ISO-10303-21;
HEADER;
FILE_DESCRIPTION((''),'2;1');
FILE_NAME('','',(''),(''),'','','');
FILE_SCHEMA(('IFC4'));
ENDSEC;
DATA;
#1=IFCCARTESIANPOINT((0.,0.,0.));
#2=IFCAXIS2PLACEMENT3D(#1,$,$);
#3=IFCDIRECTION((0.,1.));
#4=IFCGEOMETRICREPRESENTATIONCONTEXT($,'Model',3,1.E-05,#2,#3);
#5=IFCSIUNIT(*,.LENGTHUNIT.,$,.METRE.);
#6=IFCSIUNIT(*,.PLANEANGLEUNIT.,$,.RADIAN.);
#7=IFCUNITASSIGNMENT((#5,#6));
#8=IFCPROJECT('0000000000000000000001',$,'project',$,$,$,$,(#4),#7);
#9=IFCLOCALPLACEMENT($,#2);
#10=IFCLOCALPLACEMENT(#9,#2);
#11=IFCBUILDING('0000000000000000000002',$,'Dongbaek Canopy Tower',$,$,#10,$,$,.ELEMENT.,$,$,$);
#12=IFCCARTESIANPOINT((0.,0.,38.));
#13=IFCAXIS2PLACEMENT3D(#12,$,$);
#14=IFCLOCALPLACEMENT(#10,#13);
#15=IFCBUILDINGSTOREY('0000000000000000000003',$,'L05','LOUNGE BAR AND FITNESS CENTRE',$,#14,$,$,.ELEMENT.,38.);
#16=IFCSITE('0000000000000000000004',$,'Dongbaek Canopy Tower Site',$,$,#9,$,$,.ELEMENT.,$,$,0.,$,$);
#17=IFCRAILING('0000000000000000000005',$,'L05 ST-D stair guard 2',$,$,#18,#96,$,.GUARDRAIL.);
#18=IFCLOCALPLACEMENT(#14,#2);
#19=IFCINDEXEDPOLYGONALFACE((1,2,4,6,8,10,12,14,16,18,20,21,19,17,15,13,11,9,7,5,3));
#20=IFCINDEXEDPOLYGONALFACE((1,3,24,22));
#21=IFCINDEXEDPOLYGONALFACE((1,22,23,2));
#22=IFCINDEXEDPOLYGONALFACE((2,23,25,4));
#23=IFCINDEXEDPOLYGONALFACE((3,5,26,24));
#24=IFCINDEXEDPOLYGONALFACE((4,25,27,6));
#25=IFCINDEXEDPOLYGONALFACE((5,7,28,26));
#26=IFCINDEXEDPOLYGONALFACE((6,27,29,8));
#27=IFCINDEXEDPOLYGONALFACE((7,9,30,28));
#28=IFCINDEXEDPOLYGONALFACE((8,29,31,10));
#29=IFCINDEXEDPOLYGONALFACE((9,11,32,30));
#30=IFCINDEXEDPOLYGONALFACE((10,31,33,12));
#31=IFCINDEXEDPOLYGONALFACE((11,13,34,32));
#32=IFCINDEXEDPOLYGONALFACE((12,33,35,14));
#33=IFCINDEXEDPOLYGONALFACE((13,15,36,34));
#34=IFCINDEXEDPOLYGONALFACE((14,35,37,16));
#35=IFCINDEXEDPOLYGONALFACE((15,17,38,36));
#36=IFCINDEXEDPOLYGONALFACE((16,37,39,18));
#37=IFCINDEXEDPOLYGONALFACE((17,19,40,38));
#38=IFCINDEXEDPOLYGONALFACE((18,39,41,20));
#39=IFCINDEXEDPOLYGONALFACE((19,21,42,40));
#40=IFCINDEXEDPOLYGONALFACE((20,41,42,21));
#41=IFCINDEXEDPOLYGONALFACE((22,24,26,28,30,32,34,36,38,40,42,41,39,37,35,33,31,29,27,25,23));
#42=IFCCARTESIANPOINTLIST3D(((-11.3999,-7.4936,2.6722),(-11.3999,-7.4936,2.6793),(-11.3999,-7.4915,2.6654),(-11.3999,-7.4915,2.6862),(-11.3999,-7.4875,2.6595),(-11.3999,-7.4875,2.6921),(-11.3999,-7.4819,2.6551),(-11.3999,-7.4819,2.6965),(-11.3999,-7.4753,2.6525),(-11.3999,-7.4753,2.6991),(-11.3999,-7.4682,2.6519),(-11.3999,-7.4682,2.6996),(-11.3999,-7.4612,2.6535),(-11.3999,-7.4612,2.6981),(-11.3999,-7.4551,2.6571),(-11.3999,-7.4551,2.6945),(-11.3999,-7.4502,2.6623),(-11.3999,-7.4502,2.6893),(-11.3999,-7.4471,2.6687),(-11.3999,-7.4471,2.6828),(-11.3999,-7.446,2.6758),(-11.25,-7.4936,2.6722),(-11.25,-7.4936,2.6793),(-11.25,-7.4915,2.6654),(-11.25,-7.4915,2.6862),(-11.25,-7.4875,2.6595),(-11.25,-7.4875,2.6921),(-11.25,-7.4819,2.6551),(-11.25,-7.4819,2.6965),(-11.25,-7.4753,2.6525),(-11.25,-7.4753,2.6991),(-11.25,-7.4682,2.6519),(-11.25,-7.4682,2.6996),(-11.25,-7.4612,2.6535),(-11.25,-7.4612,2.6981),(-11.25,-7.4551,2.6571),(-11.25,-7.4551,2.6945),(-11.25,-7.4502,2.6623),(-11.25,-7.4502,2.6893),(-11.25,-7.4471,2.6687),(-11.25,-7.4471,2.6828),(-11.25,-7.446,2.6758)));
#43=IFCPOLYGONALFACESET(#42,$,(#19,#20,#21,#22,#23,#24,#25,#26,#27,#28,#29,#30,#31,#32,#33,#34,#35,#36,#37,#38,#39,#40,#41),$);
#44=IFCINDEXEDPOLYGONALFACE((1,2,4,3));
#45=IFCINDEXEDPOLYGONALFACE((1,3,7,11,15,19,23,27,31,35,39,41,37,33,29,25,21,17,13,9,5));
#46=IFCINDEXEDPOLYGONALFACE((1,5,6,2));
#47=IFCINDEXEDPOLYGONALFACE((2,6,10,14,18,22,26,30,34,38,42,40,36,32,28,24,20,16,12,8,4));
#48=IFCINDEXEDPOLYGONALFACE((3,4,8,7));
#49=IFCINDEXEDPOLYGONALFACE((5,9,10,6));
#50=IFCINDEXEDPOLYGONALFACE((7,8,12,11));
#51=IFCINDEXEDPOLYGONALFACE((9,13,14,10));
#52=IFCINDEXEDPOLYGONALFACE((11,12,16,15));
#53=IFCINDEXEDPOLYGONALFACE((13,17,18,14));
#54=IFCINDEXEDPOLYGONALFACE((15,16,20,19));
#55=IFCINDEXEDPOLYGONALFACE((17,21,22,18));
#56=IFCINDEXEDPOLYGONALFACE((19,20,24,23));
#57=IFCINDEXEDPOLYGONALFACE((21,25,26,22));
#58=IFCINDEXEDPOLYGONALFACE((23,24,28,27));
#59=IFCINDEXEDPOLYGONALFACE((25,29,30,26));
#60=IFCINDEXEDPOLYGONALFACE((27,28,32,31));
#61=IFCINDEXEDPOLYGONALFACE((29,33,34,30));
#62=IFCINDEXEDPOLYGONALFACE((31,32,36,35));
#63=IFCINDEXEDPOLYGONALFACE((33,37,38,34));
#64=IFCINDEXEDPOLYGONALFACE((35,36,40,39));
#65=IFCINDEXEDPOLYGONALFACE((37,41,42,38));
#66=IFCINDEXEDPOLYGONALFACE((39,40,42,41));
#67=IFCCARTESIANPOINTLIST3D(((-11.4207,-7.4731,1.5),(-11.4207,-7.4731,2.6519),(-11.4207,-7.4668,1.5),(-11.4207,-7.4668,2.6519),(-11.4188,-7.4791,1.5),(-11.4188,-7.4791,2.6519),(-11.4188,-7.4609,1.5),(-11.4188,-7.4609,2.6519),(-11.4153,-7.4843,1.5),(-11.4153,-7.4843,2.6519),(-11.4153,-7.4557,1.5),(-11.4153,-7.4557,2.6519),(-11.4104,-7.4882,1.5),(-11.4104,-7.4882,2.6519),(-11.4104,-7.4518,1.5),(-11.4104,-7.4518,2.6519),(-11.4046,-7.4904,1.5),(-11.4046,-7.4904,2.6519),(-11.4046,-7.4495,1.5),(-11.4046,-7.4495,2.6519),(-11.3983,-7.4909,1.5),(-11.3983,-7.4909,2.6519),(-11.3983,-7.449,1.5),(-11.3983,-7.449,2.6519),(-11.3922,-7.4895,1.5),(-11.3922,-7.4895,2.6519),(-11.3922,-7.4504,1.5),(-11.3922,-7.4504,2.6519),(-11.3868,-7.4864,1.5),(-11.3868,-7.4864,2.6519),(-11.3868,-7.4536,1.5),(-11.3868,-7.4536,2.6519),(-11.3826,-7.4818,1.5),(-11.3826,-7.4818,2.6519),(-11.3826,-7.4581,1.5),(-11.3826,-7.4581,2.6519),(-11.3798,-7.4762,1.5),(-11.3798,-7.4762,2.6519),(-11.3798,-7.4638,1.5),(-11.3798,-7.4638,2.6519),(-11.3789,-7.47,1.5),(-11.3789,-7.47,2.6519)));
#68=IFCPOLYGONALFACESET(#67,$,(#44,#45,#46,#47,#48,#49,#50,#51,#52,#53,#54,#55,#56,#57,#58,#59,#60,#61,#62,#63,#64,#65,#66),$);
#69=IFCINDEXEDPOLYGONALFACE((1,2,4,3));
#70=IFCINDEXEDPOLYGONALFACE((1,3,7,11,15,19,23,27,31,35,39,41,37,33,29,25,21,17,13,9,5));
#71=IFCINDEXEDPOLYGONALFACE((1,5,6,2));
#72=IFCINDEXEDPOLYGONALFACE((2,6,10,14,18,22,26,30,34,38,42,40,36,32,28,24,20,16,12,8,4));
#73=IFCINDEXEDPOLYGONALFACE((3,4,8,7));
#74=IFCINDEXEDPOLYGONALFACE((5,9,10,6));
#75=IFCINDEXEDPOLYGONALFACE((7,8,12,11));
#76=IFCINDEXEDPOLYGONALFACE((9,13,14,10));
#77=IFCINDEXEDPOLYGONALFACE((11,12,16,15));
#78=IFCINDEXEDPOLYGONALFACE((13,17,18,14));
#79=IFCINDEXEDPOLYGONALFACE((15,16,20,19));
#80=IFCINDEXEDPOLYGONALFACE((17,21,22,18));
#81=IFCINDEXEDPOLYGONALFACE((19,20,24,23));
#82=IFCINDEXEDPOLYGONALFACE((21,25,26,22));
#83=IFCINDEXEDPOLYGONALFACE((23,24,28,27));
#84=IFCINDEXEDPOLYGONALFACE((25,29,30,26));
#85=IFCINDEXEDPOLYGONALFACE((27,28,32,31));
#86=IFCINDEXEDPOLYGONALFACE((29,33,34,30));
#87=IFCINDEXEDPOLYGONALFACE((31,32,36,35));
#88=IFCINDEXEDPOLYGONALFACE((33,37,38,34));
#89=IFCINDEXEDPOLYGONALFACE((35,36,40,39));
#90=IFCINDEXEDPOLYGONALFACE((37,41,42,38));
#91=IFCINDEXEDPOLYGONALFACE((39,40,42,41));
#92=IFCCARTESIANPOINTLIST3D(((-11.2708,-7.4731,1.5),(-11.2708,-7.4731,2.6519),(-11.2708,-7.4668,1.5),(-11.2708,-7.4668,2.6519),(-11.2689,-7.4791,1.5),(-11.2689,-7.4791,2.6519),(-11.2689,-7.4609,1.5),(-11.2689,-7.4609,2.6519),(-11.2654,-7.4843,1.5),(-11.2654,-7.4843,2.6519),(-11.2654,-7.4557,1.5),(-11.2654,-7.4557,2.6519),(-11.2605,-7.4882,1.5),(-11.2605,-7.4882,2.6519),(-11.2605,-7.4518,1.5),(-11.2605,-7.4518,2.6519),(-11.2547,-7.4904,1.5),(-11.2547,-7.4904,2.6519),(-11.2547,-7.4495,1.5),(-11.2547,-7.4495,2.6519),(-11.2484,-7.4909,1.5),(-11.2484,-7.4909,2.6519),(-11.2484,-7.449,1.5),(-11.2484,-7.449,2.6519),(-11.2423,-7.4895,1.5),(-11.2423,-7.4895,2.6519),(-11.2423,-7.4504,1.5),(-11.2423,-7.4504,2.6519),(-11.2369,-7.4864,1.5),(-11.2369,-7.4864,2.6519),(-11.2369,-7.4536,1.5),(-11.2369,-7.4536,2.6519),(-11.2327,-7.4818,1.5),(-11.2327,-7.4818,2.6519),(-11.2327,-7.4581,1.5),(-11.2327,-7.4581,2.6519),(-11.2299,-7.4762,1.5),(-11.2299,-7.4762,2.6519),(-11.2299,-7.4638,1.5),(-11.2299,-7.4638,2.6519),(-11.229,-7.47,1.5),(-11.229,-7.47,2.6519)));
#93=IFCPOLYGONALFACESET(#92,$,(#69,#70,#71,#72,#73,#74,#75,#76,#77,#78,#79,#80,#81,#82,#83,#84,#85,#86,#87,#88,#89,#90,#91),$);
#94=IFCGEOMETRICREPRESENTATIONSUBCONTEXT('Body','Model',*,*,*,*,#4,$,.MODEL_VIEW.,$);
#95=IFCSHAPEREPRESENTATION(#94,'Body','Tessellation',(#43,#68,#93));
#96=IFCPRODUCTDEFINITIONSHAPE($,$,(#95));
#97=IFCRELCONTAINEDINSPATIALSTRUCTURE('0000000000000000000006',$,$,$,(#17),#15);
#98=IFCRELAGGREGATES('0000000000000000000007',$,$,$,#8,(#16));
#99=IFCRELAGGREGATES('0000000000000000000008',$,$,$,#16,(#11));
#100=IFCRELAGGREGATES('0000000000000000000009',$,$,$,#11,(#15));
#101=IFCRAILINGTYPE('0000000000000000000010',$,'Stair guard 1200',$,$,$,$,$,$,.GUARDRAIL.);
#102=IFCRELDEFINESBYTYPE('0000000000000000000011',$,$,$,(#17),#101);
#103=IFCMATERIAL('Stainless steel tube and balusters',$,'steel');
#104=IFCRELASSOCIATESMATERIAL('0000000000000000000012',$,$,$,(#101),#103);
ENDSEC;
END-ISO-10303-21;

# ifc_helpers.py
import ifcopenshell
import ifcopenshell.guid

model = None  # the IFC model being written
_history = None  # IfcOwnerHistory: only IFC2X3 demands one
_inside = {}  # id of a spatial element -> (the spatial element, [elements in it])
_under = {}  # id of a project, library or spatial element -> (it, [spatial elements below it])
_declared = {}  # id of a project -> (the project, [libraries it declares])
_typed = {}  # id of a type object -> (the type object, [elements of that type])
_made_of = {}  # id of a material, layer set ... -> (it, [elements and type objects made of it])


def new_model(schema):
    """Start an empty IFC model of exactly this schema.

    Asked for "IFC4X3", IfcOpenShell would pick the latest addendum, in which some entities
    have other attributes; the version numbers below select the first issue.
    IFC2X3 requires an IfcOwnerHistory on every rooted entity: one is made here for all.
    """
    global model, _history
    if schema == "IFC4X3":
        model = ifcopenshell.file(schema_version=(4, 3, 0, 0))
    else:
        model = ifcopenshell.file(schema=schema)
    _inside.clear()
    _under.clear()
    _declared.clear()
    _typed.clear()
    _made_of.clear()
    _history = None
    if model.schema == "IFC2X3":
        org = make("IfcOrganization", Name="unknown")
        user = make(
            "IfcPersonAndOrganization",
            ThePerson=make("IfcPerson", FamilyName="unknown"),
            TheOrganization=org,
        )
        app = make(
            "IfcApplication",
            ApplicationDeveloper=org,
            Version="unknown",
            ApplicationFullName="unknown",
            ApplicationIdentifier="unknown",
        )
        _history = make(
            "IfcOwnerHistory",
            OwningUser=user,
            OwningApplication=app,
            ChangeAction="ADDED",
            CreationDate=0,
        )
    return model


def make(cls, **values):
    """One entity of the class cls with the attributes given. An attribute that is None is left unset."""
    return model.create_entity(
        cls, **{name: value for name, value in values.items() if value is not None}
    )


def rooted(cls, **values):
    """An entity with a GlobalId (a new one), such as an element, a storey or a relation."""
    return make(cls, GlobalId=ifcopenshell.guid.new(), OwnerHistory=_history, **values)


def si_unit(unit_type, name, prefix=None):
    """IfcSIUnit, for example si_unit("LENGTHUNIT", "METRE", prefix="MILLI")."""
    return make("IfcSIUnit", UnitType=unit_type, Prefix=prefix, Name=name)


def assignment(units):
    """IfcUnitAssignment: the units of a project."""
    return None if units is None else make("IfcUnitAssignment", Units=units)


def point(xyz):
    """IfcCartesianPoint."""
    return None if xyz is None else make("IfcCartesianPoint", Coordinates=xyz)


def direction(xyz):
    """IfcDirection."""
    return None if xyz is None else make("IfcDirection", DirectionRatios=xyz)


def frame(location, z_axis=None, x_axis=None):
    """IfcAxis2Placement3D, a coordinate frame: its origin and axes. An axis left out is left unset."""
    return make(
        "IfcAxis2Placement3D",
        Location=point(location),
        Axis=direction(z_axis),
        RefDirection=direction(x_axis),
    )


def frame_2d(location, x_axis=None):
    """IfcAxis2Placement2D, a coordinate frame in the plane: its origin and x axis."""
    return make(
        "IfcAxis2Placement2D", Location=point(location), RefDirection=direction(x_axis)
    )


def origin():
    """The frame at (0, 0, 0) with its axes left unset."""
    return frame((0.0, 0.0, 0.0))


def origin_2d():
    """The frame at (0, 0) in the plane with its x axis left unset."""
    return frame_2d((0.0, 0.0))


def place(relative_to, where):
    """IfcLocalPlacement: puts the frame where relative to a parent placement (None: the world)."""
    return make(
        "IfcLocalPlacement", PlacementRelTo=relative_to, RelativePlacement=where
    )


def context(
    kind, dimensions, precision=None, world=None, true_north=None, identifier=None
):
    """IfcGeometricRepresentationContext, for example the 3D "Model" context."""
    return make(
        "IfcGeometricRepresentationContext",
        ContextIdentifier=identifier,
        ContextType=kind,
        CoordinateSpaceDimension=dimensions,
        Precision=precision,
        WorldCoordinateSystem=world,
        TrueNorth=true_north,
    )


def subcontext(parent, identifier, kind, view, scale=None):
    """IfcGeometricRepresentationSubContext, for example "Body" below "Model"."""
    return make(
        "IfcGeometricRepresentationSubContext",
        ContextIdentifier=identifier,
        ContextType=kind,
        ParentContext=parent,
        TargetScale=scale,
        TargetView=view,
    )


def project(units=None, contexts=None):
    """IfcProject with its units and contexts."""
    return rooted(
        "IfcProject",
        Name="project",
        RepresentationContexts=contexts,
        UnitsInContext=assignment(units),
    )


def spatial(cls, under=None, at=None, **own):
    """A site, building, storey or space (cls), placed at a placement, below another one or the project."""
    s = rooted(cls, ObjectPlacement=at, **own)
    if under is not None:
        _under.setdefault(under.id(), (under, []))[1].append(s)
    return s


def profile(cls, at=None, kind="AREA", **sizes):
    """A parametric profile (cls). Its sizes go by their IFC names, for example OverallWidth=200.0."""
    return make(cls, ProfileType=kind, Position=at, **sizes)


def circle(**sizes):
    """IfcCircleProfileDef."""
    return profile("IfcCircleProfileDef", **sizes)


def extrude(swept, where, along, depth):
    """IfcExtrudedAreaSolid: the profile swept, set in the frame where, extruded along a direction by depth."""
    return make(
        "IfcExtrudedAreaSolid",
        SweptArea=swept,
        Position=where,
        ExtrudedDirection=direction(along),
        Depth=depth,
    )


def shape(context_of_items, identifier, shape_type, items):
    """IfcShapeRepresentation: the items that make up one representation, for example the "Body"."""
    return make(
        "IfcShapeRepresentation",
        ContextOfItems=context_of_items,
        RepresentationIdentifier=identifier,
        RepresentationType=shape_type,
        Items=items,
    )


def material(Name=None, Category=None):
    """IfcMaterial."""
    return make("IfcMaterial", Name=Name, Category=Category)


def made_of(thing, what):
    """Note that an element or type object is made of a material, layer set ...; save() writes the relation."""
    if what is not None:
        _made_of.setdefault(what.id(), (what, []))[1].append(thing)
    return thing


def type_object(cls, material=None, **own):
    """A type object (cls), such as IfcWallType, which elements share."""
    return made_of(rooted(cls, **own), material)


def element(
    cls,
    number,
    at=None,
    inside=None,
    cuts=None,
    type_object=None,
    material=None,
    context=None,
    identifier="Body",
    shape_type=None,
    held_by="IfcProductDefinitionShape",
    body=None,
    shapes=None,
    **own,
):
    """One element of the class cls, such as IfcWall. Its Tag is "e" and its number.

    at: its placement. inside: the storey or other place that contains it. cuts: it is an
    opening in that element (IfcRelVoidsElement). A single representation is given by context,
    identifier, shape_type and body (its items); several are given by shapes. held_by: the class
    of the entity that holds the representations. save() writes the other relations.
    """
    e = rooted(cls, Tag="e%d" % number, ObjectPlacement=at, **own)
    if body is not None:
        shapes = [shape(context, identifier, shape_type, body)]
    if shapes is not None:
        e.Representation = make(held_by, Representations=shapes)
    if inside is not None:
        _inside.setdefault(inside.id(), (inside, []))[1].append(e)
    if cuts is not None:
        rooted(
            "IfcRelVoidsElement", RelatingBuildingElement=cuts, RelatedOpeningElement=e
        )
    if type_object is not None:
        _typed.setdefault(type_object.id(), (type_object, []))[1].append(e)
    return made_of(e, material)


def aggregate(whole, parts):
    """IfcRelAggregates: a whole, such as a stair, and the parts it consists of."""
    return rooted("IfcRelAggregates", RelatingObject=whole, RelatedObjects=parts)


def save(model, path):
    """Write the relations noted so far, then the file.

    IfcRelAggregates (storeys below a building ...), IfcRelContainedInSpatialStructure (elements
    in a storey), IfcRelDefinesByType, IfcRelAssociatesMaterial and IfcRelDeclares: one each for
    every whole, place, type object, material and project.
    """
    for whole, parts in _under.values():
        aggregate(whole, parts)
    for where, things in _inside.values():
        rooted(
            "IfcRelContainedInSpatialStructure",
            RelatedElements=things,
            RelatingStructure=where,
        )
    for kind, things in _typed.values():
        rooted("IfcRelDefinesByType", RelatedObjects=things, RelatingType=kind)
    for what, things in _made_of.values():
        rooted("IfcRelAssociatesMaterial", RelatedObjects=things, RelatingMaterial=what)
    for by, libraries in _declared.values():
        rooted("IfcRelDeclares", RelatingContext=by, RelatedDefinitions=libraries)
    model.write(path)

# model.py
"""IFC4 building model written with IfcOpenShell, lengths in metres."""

from ifc_helpers import new_model, si_unit, direction, frame, origin, origin_2d, place, context, subcontext, project, spatial, circle, extrude, material, type_object, element, save


model = new_model("IFC4")

# Units and contexts
model_context = context("Model", 3, precision=1e-05, world=origin(), true_north=direction((0.0, 1.0)))
body_context = subcontext(model_context, "Body", "Model", "MODEL_VIEW")
ifc_project = project(units=[si_unit("LENGTHUNIT", "METRE"), si_unit("PLANEANGLEUNIT", "RADIAN")], contexts=[model_context])

# Site, building, storey
site_placement = place(None, origin())
site = spatial("IfcSite", under=ifc_project, at=site_placement, Name="Dongbaek Canopy Tower Site", CompositionType="ELEMENT", RefElevation=0.0)
building_placement = place(site_placement, origin())
building = spatial("IfcBuilding", under=site, at=building_placement, Name="Dongbaek Canopy Tower", CompositionType="ELEMENT")
storey_placement = place(building_placement, frame((0.0, 0.0, 38.0)))
storey = spatial("IfcBuildingStorey", under=building, at=storey_placement, Name="L05", Description="LOUNGE BAR AND FITNESS CENTRE", CompositionType="ELEMENT", Elevation=38.0)

# Railing
ifc_material_1 = material(Name="Stainless steel tube and balusters", Category="steel")
railing_type_1 = type_object("IfcRailingType", Name="Stair guard 1200", PredefinedType="GUARDRAIL", material=ifc_material_1)
railing_1_placement = place(storey_placement, frame((-11.3999, -7.47, 1.5)))
element("IfcRailing", 1, at=railing_1_placement, inside=storey, type_object=railing_type_1, Name="L05 ST-D stair guard 2", PredefinedType="GUARDRAIL", context=body_context, shape_type="SweptSolid", body=[
    extrude(circle(Radius=0.0239, at=origin_2d()), frame((0.0, 0.0, 1.1758), z_axis=(1.0, 0.0, 0.0), x_axis=(0.0, 1.0, 0.0)), (0.0, 0.0, 1.0), 0.1499),
    extrude(circle(Radius=0.021, at=origin_2d()), origin(), (0.0, 0.0, 1.0), 1.1519),
    extrude(circle(Radius=0.021, at=origin_2d()), frame((0.1499, 0.0, 0.0)), (0.0, 0.0, 1.0), 1.1519),
])

save(model, "model.ifc")
